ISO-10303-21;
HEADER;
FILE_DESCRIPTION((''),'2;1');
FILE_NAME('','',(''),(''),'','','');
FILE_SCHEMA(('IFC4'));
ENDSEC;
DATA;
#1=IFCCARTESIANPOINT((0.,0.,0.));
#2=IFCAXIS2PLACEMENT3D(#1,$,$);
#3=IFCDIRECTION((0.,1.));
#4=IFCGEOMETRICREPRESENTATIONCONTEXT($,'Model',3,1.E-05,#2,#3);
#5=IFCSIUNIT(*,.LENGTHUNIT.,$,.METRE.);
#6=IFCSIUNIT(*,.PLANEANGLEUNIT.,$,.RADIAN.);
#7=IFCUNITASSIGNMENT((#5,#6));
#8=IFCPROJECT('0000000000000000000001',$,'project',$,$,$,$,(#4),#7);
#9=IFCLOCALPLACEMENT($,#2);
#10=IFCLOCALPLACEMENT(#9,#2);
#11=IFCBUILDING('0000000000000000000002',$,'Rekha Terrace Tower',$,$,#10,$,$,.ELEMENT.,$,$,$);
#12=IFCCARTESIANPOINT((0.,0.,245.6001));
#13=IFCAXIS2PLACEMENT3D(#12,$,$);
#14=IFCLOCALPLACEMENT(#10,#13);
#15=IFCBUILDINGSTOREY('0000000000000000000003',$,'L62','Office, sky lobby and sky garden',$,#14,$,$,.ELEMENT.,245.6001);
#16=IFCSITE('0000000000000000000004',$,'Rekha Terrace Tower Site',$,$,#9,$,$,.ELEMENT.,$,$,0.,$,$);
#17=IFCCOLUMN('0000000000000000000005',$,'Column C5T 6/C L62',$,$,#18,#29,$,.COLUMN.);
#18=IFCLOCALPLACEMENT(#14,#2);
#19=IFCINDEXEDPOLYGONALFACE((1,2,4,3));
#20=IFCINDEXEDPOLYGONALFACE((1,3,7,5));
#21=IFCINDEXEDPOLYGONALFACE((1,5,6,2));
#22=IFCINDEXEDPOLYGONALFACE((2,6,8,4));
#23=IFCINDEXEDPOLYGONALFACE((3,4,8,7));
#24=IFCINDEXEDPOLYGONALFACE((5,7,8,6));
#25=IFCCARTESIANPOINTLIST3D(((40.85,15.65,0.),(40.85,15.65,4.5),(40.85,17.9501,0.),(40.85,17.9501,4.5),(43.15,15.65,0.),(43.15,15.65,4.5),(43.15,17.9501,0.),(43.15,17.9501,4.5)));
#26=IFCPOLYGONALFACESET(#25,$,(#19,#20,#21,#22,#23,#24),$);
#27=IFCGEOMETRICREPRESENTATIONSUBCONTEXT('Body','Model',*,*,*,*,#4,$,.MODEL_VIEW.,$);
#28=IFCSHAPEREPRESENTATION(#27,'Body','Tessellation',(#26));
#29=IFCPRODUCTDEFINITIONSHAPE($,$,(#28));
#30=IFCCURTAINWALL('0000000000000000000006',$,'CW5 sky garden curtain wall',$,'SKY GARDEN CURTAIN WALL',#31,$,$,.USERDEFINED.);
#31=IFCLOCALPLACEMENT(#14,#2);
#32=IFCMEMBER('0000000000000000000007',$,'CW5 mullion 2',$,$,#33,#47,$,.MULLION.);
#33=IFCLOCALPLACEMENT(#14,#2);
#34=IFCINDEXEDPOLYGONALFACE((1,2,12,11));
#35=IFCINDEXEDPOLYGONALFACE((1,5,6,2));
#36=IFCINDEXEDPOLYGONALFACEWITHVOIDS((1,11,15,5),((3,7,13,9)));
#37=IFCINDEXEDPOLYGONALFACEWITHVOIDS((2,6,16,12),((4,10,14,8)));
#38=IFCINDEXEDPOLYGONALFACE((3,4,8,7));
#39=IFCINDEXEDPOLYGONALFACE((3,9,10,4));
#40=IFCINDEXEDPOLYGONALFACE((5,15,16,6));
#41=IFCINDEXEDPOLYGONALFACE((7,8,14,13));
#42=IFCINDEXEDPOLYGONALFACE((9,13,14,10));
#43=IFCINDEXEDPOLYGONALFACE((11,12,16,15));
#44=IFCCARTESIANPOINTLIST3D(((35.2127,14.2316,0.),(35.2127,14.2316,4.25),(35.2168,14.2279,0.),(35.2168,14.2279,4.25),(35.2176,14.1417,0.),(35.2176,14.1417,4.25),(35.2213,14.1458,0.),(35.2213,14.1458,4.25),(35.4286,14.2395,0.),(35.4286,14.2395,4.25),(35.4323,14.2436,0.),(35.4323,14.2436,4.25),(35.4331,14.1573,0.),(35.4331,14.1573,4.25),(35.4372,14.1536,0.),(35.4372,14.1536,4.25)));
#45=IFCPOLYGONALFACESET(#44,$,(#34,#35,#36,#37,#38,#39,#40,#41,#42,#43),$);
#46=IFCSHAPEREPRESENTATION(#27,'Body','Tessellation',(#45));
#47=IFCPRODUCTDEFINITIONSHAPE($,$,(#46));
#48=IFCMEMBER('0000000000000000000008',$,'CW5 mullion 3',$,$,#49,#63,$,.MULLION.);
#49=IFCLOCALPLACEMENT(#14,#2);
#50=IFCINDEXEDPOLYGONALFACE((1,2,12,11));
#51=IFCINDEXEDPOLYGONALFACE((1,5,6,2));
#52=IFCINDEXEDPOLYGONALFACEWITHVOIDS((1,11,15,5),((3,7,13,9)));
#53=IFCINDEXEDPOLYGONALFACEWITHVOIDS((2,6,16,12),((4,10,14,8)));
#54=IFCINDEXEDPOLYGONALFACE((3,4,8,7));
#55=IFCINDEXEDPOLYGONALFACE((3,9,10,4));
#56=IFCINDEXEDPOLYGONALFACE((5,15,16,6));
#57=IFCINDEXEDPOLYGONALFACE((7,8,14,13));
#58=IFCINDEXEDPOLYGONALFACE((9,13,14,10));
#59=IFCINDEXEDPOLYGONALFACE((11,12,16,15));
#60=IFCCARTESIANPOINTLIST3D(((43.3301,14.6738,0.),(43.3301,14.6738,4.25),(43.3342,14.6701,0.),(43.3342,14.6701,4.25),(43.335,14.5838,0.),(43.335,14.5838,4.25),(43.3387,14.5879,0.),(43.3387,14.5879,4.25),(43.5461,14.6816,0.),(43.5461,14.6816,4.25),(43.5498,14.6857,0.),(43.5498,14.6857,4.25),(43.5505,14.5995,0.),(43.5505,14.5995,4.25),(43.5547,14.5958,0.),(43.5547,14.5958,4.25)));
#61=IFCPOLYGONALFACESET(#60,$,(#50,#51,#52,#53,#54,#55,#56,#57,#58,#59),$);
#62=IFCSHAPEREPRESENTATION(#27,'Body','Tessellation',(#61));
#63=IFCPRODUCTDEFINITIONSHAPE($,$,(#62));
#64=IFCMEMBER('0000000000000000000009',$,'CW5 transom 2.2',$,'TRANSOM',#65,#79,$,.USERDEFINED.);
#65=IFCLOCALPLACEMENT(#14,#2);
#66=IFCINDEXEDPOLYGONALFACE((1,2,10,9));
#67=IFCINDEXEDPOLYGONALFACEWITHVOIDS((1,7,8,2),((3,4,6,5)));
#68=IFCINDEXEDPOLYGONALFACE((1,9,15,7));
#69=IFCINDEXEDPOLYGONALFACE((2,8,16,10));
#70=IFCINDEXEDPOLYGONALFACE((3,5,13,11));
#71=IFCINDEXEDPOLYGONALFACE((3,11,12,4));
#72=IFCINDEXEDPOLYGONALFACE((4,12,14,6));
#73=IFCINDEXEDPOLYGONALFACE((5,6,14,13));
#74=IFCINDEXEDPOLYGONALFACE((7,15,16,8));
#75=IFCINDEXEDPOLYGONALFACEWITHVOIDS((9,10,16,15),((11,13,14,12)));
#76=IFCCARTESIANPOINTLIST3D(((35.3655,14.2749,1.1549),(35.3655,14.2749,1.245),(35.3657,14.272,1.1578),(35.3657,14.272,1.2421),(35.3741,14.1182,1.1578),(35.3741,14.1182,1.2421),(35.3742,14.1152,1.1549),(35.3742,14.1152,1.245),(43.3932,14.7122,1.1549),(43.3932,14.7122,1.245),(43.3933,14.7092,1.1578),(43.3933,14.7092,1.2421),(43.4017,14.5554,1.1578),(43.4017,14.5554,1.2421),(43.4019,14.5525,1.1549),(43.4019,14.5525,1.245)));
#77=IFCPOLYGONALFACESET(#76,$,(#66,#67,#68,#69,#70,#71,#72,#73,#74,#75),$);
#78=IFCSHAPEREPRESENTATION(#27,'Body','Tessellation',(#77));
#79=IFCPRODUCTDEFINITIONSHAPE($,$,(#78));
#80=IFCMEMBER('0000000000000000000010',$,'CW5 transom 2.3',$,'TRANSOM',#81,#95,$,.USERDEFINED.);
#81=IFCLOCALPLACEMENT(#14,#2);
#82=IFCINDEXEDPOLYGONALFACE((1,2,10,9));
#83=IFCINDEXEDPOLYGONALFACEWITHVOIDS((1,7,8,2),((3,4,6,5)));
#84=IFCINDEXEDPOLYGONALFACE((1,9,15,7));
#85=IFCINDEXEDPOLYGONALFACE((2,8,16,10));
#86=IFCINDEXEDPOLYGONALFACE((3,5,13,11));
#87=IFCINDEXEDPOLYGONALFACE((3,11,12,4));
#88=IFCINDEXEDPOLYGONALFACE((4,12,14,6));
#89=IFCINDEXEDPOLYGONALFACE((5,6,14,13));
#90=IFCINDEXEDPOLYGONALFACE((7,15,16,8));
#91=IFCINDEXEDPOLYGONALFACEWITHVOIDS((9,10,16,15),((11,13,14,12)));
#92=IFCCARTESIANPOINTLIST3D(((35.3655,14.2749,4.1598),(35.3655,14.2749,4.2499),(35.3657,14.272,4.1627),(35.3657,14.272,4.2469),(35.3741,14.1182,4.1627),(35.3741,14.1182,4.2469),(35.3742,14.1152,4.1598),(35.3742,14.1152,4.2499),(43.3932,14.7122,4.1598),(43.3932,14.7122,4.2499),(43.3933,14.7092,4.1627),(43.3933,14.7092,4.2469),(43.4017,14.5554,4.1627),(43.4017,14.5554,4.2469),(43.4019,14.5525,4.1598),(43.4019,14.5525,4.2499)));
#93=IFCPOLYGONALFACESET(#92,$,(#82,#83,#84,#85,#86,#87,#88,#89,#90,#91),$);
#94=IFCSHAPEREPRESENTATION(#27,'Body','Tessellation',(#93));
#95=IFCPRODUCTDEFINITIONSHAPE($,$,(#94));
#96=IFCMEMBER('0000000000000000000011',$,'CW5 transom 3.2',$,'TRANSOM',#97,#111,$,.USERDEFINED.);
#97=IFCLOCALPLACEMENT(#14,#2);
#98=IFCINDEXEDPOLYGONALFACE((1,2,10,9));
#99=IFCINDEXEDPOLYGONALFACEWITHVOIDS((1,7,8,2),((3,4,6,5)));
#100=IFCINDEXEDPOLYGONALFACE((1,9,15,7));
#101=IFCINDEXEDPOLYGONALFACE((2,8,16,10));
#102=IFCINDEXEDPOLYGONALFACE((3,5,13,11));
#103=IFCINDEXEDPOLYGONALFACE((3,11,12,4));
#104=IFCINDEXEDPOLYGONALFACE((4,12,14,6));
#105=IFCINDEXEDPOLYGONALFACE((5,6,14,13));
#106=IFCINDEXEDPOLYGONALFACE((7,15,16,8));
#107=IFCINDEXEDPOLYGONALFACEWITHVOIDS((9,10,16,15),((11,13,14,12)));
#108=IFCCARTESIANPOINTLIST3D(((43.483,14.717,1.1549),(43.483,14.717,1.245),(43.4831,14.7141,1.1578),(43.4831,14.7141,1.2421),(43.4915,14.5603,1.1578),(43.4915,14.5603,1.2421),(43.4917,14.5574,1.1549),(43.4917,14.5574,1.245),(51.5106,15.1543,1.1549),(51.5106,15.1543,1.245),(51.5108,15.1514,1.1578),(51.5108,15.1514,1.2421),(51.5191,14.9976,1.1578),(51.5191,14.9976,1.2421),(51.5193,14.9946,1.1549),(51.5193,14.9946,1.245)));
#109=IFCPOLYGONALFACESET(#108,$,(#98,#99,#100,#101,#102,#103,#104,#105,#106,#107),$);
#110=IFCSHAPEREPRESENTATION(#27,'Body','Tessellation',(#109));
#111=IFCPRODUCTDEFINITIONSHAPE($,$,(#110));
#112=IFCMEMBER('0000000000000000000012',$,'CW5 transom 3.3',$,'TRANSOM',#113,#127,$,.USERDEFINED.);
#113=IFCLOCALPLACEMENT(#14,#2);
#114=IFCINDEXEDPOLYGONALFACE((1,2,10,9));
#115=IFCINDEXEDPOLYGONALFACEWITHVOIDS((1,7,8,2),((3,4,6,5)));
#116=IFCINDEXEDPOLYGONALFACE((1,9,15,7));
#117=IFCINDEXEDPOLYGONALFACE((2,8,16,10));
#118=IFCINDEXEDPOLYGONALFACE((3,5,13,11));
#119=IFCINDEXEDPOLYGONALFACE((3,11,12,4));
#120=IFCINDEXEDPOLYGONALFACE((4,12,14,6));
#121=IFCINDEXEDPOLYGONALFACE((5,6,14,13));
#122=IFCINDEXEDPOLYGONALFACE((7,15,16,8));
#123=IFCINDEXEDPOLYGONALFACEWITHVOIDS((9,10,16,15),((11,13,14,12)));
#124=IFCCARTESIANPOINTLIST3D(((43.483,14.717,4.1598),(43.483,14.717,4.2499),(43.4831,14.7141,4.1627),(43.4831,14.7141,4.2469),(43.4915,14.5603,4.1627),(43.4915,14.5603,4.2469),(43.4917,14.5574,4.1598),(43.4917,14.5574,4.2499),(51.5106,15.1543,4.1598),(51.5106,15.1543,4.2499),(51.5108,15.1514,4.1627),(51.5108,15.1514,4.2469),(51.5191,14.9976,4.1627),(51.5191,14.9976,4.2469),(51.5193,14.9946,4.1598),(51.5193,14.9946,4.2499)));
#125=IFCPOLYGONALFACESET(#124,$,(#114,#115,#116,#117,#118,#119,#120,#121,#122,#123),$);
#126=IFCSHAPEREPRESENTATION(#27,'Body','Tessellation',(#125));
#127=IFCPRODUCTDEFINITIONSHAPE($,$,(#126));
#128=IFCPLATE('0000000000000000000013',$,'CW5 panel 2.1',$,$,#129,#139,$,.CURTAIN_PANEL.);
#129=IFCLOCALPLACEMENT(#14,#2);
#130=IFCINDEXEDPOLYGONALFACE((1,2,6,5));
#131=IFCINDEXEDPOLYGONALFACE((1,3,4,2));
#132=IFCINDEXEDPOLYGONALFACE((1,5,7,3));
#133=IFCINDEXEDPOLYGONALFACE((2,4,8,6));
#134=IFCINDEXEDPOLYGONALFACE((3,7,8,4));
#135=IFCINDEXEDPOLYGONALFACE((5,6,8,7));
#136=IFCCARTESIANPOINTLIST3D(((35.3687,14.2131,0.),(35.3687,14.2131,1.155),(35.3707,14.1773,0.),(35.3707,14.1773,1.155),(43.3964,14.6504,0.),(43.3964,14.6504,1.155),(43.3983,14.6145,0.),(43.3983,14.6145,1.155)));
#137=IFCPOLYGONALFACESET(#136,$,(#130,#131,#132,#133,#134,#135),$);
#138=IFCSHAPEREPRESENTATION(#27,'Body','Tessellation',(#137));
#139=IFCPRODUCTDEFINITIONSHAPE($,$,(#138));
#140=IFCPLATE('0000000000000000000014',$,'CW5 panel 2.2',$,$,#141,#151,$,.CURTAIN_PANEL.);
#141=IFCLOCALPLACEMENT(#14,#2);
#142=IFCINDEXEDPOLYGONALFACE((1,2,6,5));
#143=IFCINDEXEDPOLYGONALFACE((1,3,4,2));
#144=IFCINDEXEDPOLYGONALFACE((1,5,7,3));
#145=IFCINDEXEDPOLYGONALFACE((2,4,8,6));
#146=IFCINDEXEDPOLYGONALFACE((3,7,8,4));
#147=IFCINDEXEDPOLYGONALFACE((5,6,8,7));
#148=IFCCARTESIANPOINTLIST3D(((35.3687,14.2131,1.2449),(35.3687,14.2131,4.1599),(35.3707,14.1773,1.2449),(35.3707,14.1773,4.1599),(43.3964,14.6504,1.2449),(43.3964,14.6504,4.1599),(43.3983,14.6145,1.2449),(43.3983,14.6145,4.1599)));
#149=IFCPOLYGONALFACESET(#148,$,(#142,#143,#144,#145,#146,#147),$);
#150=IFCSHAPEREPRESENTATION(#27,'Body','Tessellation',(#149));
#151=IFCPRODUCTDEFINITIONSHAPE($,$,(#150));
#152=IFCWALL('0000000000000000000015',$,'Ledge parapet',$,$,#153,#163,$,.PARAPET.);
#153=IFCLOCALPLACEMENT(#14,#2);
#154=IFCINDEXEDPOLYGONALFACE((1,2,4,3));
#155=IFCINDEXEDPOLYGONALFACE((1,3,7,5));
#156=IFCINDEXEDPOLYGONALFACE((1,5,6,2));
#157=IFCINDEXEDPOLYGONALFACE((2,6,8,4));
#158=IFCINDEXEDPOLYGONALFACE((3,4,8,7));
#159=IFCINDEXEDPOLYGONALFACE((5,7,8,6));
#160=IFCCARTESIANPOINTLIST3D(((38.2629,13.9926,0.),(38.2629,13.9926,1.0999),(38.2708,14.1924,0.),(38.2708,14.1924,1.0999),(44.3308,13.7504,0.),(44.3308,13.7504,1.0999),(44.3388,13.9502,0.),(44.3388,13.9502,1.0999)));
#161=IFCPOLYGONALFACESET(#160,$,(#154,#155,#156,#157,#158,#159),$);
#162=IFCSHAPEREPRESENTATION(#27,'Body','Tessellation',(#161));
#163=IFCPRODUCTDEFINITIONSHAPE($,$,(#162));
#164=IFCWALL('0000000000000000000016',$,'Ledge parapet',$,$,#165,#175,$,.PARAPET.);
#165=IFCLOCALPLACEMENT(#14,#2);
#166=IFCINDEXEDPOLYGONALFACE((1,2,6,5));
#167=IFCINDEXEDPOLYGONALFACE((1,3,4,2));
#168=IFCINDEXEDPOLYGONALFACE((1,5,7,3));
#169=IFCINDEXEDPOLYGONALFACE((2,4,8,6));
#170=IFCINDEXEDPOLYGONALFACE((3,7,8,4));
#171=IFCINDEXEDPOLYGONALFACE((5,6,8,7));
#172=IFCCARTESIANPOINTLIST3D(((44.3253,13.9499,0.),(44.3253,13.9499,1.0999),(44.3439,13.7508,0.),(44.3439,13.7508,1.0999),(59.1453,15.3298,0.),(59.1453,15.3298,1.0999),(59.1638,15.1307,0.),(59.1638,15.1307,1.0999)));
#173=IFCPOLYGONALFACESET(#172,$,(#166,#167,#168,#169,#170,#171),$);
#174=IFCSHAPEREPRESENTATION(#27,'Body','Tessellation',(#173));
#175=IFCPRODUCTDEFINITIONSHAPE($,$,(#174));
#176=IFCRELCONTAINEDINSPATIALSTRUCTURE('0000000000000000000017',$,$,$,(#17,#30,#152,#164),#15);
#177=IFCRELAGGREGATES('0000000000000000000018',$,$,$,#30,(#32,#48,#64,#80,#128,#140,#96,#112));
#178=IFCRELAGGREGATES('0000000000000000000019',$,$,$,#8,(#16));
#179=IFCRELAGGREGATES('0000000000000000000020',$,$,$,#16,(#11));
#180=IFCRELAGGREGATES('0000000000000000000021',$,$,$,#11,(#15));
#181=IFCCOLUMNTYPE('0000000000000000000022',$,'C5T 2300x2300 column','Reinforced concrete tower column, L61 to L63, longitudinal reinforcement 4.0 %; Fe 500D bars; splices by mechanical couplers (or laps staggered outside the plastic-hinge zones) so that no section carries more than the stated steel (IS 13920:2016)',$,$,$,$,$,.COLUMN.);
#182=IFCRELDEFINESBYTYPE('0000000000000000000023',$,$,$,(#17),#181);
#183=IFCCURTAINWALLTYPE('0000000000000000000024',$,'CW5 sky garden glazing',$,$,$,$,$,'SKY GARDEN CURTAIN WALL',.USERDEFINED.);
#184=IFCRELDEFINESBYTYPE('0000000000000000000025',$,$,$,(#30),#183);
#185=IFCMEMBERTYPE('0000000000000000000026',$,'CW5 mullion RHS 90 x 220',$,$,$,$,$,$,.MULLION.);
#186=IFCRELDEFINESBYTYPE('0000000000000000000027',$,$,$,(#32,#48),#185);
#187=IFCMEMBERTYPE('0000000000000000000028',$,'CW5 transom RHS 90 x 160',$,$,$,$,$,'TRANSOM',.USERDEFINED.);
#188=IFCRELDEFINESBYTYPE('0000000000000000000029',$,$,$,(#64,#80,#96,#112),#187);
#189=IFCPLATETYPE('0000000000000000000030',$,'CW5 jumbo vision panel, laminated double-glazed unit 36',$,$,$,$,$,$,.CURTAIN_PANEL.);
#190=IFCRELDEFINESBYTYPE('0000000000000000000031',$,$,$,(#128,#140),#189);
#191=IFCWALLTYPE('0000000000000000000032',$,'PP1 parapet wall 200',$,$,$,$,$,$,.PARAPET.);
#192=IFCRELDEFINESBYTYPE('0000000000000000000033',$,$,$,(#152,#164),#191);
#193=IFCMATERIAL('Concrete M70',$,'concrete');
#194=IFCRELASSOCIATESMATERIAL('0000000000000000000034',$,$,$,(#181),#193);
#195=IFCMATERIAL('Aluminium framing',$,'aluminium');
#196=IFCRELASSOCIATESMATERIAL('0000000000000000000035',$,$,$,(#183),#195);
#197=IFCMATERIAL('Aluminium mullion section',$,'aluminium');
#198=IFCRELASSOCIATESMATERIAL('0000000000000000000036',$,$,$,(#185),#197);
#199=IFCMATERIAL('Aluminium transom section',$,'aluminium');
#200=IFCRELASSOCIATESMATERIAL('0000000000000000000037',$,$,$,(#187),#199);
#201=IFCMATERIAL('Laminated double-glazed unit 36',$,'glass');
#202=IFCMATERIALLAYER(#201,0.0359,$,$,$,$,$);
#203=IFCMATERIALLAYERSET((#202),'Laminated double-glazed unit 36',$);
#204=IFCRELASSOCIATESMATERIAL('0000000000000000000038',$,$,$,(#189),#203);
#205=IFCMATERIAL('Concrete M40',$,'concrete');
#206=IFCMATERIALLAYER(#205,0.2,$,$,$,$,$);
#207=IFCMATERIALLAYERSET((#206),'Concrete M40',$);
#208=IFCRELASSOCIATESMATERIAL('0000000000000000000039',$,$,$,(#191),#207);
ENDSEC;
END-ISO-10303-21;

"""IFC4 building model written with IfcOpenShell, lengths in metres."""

from ifc_helpers import new_model, si_unit, direction, frame, frame_2d, origin, origin_2d, place, context, subcontext, project, spatial, rectangle, hollow_rectangle, extrude, material, layer, layer_set, material_profile, profile_set, type_object, element, aggregate, save


model = new_model("IFC4")

# Units and contexts
model_context = context("Model", 3, precision=1e-05, world=origin(), true_north=direction((0.0, 1.0)))
body_context = subcontext(model_context, "Body", "Model", "MODEL_VIEW")
ifc_project = project(units=[si_unit("LENGTHUNIT", "METRE"), si_unit("PLANEANGLEUNIT", "RADIAN")], contexts=[model_context])

# Site, building, storey
site_placement = place(None, origin())
site = spatial("IfcSite", under=ifc_project, at=site_placement, Name="Rekha Terrace Tower Site", CompositionType="ELEMENT", RefElevation=0.0)
building_placement = place(site_placement, origin())
building = spatial("IfcBuilding", under=site, at=building_placement, Name="Rekha Terrace Tower", CompositionType="ELEMENT")
storey_placement = place(building_placement, frame((0.0, 0.0, 245.6001)))
storey = spatial("IfcBuildingStorey", under=building, at=storey_placement, Name="L62", Description="Office, sky lobby and sky garden", CompositionType="ELEMENT", Elevation=245.6001)

# Column
ifc_material_1 = material(Name="Concrete M70", Category="concrete")
ifc_material_profile_1 = material_profile(ifc_material_1, rectangle(XDim=2.3, YDim=2.3, at=origin_2d()), Name="RC 2300x2300")
ifc_profile_set_1 = profile_set([ifc_material_profile_1], Name="Concrete M70")
column_type = type_object("IfcColumnType", Name="C5T 2300x2300 column", Description="Reinforced concrete tower column, L61 to L63, longitudinal reinforcement 4.0 %; Fe 500D bars; splices by mechanical couplers (or laps staggered outside the plastic-hinge zones) so that no section carries more than the stated steel (IS 13920:2016)", PredefinedType="COLUMN", material=ifc_profile_set_1)
column_placement = place(storey_placement, frame((42.0, 16.8, 0.0), z_axis=(0.0, 0.0, 1.0), x_axis=(1.0, 0.0, 0.0)))
element("IfcColumn", 1, at=column_placement, inside=storey, type_object=column_type, Name="Column C5T 6/C L62", PredefinedType="COLUMN", context=body_context, shape_type="SweptSolid", body=[
    extrude(rectangle(XDim=2.3, YDim=2.3, at=origin_2d()), origin(), (0.0, 0.0, 1.0), 4.5),
])

# Curtain wall, members, plates
ifc_material_2 = material(Name="Aluminium framing", Category="aluminium")
curtain_wall_type = type_object("IfcCurtainWallType", Name="CW5 sky garden glazing", ElementType="SKY GARDEN CURTAIN WALL", PredefinedType="USERDEFINED", material=ifc_material_2)
curtain_wall_placement = place(storey_placement, origin())
curtain_wall = element("IfcCurtainWall", 2, at=curtain_wall_placement, inside=storey, type_object=curtain_wall_type, Name="CW5 sky garden curtain wall", ObjectType="SKY GARDEN CURTAIN WALL", PredefinedType="USERDEFINED")
ifc_material_3 = material(Name="Aluminium mullion section", Category="aluminium")
ifc_material_profile_2 = material_profile(ifc_material_3, hollow_rectangle(XDim=0.0901, YDim=0.22, WallThickness=0.0039, at=origin_2d()), Name="AL RHS 90x220")
ifc_profile_set_2 = profile_set([ifc_material_profile_2], Name="Aluminium mullion section")
member_type_1 = type_object("IfcMemberType", Name="CW5 mullion RHS 90 x 220", PredefinedType="MULLION", material=ifc_profile_set_2)
member_1_placement = place(storey_placement, frame((35.325, 14.1926, 0.0), z_axis=(0.0, 0.0, 1.0), x_axis=(-0.054389, 0.99852, 0.0)))
member_1 = element("IfcMember", 3, at=member_1_placement, type_object=member_type_1, Name="CW5 mullion 2", PredefinedType="MULLION", context=body_context, shape_type="SweptSolid", body=[
    extrude(hollow_rectangle(XDim=0.0901, YDim=0.22, WallThickness=0.0039, at=origin_2d()), origin(), (0.0, 0.0, 1.0), 4.25),
])
member_2_placement = place(storey_placement, frame((43.4424, 14.6348, 0.0), z_axis=(0.0, 0.0, 1.0), x_axis=(-0.054389, 0.99852, 0.0)))
member_2 = element("IfcMember", 4, at=member_2_placement, type_object=member_type_1, Name="CW5 mullion 3", PredefinedType="MULLION", context=body_context, shape_type="SweptSolid", body=[
    extrude(hollow_rectangle(XDim=0.0901, YDim=0.22, WallThickness=0.0039, at=origin_2d()), origin(), (0.0, 0.0, 1.0), 4.25),
])
ifc_material_4 = material(Name="Aluminium transom section", Category="aluminium")
ifc_material_profile_3 = material_profile(ifc_material_4, hollow_rectangle(XDim=0.1599, YDim=0.0901, WallThickness=0.0029, at=origin_2d()), Name="AL RHS 160x90")
ifc_profile_set_3 = profile_set([ifc_material_profile_3], Name="Aluminium transom section")
member_type_2 = type_object("IfcMemberType", Name="CW5 transom RHS 90 x 160", ElementType="TRANSOM", PredefinedType="USERDEFINED", material=ifc_profile_set_3)
member_3_placement = place(storey_placement, frame((35.3699, 14.1951, 1.2), z_axis=(0.99852, 0.054389, 0.0), x_axis=(-0.054389, 0.99852, 0.0)))
member_3 = element("IfcMember", 5, at=member_3_placement, type_object=member_type_2, Name="CW5 transom 2.2", ObjectType="TRANSOM", PredefinedType="USERDEFINED", context=body_context, shape_type="SweptSolid", body=[
    extrude(hollow_rectangle(XDim=0.1599, YDim=0.0901, WallThickness=0.0029, at=origin_2d()), origin(), (0.0, 0.0, 1.0), 8.0396),
])
member_4_placement = place(storey_placement, frame((35.3699, 14.1951, 4.2048), z_axis=(0.99852, 0.054389, 0.0), x_axis=(-0.054389, 0.99852, 0.0)))
member_4 = element("IfcMember", 6, at=member_4_placement, type_object=member_type_2, Name="CW5 transom 2.3", ObjectType="TRANSOM", PredefinedType="USERDEFINED", context=body_context, shape_type="SweptSolid", body=[
    extrude(hollow_rectangle(XDim=0.1599, YDim=0.0901, WallThickness=0.0029, at=origin_2d()), origin(), (0.0, 0.0, 1.0), 8.0396),
])
member_5_placement = place(storey_placement, frame((43.4873, 14.6372, 1.2), z_axis=(0.99852, 0.054389, 0.0), x_axis=(-0.054389, 0.99852, 0.0)))
member_5 = element("IfcMember", 7, at=member_5_placement, type_object=member_type_2, Name="CW5 transom 3.2", ObjectType="TRANSOM", PredefinedType="USERDEFINED", context=body_context, shape_type="SweptSolid", body=[
    extrude(hollow_rectangle(XDim=0.1599, YDim=0.0901, WallThickness=0.0029, at=origin_2d()), origin(), (0.0, 0.0, 1.0), 8.0396),
])
member_6_placement = place(storey_placement, frame((43.4873, 14.6372, 4.2048), z_axis=(0.99852, 0.054389, 0.0), x_axis=(-0.054389, 0.99852, 0.0)))
member_6 = element("IfcMember", 8, at=member_6_placement, type_object=member_type_2, Name="CW5 transom 3.3", ObjectType="TRANSOM", PredefinedType="USERDEFINED", context=body_context, shape_type="SweptSolid", body=[
    extrude(hollow_rectangle(XDim=0.1599, YDim=0.0901, WallThickness=0.0029, at=origin_2d()), origin(), (0.0, 0.0, 1.0), 8.0396),
])
ifc_material_5 = material(Name="Laminated double-glazed unit 36", Category="glass")
ifc_layer_1 = layer(ifc_material_5, 0.0359)
ifc_layer_set_1 = layer_set([ifc_layer_1], Name="Laminated double-glazed unit 36")
plate_type = type_object("IfcPlateType", Name="CW5 jumbo vision panel, laminated double-glazed unit 36", PredefinedType="CURTAIN_PANEL", material=ifc_layer_set_1)
plate_1_placement = place(storey_placement, frame((39.3835, 14.4138, 0.0), z_axis=(0.0, 0.0, 1.0), x_axis=(0.99852, 0.054389, 0.0)))
plate_1 = element("IfcPlate", 9, at=plate_1_placement, type_object=plate_type, Name="CW5 panel 2.1", PredefinedType="CURTAIN_PANEL", context=body_context, shape_type="SweptSolid", body=[
    extrude(rectangle(XDim=8.0396, YDim=0.0359, at=origin_2d()), origin(), (0.0, 0.0, 1.0), 1.155),
])
plate_2_placement = place(storey_placement, frame((39.3835, 14.4138, 1.2449), z_axis=(0.0, 0.0, 1.0), x_axis=(0.99852, 0.054389, 0.0)))
plate_2 = element("IfcPlate", 10, at=plate_2_placement, type_object=plate_type, Name="CW5 panel 2.2", PredefinedType="CURTAIN_PANEL", context=body_context, shape_type="SweptSolid", body=[
    extrude(rectangle(XDim=8.0396, YDim=0.0359, at=origin_2d()), origin(), (0.0, 0.0, 1.0), 2.915),
])
aggregate(curtain_wall, [member_1, member_2, member_3, member_4, plate_1, plate_2, member_5, member_6])

# Walls
ifc_material_6 = material(Name="Concrete M40", Category="concrete")
ifc_layer_2 = layer(ifc_material_6, 0.2)
ifc_layer_set_2 = layer_set([ifc_layer_2], Name="Concrete M40")
wall_type = type_object("IfcWallType", Name="PP1 parapet wall 200", PredefinedType="PARAPET", material=ifc_layer_set_2)
wall_1_placement = place(storey_placement, frame((38.2668, 14.0925, 0.0), z_axis=(0.0, 0.0, 1.0), x_axis=(0.999204, -0.039881, 0.0)))
element("IfcWall", 11, at=wall_1_placement, inside=storey, type_object=wall_type, Name="Ledge parapet", PredefinedType="PARAPET", context=body_context, shape_type="SweptSolid", body=[
    extrude(rectangle(XDim=6.0728, YDim=0.2, at=frame_2d((3.0364, 0.0))), origin(), (0.0, 0.0, 1.0), 1.0999),
])
wall_2_placement = place(storey_placement, frame((44.3347, 13.8503, 0.0), z_axis=(0.0, 0.0, 1.0), x_axis=(0.995693, 0.09271, 0.0)))
element("IfcWall", 12, at=wall_2_placement, inside=storey, type_object=wall_type, Name="Ledge parapet", PredefinedType="PARAPET", context=body_context, shape_type="SweptSolid", body=[
    extrude(rectangle(XDim=14.884, YDim=0.2, at=frame_2d((7.4419, 0.0))), origin(), (0.0, 0.0, 1.0), 1.0999),
])

save(model, "model.ifc")
